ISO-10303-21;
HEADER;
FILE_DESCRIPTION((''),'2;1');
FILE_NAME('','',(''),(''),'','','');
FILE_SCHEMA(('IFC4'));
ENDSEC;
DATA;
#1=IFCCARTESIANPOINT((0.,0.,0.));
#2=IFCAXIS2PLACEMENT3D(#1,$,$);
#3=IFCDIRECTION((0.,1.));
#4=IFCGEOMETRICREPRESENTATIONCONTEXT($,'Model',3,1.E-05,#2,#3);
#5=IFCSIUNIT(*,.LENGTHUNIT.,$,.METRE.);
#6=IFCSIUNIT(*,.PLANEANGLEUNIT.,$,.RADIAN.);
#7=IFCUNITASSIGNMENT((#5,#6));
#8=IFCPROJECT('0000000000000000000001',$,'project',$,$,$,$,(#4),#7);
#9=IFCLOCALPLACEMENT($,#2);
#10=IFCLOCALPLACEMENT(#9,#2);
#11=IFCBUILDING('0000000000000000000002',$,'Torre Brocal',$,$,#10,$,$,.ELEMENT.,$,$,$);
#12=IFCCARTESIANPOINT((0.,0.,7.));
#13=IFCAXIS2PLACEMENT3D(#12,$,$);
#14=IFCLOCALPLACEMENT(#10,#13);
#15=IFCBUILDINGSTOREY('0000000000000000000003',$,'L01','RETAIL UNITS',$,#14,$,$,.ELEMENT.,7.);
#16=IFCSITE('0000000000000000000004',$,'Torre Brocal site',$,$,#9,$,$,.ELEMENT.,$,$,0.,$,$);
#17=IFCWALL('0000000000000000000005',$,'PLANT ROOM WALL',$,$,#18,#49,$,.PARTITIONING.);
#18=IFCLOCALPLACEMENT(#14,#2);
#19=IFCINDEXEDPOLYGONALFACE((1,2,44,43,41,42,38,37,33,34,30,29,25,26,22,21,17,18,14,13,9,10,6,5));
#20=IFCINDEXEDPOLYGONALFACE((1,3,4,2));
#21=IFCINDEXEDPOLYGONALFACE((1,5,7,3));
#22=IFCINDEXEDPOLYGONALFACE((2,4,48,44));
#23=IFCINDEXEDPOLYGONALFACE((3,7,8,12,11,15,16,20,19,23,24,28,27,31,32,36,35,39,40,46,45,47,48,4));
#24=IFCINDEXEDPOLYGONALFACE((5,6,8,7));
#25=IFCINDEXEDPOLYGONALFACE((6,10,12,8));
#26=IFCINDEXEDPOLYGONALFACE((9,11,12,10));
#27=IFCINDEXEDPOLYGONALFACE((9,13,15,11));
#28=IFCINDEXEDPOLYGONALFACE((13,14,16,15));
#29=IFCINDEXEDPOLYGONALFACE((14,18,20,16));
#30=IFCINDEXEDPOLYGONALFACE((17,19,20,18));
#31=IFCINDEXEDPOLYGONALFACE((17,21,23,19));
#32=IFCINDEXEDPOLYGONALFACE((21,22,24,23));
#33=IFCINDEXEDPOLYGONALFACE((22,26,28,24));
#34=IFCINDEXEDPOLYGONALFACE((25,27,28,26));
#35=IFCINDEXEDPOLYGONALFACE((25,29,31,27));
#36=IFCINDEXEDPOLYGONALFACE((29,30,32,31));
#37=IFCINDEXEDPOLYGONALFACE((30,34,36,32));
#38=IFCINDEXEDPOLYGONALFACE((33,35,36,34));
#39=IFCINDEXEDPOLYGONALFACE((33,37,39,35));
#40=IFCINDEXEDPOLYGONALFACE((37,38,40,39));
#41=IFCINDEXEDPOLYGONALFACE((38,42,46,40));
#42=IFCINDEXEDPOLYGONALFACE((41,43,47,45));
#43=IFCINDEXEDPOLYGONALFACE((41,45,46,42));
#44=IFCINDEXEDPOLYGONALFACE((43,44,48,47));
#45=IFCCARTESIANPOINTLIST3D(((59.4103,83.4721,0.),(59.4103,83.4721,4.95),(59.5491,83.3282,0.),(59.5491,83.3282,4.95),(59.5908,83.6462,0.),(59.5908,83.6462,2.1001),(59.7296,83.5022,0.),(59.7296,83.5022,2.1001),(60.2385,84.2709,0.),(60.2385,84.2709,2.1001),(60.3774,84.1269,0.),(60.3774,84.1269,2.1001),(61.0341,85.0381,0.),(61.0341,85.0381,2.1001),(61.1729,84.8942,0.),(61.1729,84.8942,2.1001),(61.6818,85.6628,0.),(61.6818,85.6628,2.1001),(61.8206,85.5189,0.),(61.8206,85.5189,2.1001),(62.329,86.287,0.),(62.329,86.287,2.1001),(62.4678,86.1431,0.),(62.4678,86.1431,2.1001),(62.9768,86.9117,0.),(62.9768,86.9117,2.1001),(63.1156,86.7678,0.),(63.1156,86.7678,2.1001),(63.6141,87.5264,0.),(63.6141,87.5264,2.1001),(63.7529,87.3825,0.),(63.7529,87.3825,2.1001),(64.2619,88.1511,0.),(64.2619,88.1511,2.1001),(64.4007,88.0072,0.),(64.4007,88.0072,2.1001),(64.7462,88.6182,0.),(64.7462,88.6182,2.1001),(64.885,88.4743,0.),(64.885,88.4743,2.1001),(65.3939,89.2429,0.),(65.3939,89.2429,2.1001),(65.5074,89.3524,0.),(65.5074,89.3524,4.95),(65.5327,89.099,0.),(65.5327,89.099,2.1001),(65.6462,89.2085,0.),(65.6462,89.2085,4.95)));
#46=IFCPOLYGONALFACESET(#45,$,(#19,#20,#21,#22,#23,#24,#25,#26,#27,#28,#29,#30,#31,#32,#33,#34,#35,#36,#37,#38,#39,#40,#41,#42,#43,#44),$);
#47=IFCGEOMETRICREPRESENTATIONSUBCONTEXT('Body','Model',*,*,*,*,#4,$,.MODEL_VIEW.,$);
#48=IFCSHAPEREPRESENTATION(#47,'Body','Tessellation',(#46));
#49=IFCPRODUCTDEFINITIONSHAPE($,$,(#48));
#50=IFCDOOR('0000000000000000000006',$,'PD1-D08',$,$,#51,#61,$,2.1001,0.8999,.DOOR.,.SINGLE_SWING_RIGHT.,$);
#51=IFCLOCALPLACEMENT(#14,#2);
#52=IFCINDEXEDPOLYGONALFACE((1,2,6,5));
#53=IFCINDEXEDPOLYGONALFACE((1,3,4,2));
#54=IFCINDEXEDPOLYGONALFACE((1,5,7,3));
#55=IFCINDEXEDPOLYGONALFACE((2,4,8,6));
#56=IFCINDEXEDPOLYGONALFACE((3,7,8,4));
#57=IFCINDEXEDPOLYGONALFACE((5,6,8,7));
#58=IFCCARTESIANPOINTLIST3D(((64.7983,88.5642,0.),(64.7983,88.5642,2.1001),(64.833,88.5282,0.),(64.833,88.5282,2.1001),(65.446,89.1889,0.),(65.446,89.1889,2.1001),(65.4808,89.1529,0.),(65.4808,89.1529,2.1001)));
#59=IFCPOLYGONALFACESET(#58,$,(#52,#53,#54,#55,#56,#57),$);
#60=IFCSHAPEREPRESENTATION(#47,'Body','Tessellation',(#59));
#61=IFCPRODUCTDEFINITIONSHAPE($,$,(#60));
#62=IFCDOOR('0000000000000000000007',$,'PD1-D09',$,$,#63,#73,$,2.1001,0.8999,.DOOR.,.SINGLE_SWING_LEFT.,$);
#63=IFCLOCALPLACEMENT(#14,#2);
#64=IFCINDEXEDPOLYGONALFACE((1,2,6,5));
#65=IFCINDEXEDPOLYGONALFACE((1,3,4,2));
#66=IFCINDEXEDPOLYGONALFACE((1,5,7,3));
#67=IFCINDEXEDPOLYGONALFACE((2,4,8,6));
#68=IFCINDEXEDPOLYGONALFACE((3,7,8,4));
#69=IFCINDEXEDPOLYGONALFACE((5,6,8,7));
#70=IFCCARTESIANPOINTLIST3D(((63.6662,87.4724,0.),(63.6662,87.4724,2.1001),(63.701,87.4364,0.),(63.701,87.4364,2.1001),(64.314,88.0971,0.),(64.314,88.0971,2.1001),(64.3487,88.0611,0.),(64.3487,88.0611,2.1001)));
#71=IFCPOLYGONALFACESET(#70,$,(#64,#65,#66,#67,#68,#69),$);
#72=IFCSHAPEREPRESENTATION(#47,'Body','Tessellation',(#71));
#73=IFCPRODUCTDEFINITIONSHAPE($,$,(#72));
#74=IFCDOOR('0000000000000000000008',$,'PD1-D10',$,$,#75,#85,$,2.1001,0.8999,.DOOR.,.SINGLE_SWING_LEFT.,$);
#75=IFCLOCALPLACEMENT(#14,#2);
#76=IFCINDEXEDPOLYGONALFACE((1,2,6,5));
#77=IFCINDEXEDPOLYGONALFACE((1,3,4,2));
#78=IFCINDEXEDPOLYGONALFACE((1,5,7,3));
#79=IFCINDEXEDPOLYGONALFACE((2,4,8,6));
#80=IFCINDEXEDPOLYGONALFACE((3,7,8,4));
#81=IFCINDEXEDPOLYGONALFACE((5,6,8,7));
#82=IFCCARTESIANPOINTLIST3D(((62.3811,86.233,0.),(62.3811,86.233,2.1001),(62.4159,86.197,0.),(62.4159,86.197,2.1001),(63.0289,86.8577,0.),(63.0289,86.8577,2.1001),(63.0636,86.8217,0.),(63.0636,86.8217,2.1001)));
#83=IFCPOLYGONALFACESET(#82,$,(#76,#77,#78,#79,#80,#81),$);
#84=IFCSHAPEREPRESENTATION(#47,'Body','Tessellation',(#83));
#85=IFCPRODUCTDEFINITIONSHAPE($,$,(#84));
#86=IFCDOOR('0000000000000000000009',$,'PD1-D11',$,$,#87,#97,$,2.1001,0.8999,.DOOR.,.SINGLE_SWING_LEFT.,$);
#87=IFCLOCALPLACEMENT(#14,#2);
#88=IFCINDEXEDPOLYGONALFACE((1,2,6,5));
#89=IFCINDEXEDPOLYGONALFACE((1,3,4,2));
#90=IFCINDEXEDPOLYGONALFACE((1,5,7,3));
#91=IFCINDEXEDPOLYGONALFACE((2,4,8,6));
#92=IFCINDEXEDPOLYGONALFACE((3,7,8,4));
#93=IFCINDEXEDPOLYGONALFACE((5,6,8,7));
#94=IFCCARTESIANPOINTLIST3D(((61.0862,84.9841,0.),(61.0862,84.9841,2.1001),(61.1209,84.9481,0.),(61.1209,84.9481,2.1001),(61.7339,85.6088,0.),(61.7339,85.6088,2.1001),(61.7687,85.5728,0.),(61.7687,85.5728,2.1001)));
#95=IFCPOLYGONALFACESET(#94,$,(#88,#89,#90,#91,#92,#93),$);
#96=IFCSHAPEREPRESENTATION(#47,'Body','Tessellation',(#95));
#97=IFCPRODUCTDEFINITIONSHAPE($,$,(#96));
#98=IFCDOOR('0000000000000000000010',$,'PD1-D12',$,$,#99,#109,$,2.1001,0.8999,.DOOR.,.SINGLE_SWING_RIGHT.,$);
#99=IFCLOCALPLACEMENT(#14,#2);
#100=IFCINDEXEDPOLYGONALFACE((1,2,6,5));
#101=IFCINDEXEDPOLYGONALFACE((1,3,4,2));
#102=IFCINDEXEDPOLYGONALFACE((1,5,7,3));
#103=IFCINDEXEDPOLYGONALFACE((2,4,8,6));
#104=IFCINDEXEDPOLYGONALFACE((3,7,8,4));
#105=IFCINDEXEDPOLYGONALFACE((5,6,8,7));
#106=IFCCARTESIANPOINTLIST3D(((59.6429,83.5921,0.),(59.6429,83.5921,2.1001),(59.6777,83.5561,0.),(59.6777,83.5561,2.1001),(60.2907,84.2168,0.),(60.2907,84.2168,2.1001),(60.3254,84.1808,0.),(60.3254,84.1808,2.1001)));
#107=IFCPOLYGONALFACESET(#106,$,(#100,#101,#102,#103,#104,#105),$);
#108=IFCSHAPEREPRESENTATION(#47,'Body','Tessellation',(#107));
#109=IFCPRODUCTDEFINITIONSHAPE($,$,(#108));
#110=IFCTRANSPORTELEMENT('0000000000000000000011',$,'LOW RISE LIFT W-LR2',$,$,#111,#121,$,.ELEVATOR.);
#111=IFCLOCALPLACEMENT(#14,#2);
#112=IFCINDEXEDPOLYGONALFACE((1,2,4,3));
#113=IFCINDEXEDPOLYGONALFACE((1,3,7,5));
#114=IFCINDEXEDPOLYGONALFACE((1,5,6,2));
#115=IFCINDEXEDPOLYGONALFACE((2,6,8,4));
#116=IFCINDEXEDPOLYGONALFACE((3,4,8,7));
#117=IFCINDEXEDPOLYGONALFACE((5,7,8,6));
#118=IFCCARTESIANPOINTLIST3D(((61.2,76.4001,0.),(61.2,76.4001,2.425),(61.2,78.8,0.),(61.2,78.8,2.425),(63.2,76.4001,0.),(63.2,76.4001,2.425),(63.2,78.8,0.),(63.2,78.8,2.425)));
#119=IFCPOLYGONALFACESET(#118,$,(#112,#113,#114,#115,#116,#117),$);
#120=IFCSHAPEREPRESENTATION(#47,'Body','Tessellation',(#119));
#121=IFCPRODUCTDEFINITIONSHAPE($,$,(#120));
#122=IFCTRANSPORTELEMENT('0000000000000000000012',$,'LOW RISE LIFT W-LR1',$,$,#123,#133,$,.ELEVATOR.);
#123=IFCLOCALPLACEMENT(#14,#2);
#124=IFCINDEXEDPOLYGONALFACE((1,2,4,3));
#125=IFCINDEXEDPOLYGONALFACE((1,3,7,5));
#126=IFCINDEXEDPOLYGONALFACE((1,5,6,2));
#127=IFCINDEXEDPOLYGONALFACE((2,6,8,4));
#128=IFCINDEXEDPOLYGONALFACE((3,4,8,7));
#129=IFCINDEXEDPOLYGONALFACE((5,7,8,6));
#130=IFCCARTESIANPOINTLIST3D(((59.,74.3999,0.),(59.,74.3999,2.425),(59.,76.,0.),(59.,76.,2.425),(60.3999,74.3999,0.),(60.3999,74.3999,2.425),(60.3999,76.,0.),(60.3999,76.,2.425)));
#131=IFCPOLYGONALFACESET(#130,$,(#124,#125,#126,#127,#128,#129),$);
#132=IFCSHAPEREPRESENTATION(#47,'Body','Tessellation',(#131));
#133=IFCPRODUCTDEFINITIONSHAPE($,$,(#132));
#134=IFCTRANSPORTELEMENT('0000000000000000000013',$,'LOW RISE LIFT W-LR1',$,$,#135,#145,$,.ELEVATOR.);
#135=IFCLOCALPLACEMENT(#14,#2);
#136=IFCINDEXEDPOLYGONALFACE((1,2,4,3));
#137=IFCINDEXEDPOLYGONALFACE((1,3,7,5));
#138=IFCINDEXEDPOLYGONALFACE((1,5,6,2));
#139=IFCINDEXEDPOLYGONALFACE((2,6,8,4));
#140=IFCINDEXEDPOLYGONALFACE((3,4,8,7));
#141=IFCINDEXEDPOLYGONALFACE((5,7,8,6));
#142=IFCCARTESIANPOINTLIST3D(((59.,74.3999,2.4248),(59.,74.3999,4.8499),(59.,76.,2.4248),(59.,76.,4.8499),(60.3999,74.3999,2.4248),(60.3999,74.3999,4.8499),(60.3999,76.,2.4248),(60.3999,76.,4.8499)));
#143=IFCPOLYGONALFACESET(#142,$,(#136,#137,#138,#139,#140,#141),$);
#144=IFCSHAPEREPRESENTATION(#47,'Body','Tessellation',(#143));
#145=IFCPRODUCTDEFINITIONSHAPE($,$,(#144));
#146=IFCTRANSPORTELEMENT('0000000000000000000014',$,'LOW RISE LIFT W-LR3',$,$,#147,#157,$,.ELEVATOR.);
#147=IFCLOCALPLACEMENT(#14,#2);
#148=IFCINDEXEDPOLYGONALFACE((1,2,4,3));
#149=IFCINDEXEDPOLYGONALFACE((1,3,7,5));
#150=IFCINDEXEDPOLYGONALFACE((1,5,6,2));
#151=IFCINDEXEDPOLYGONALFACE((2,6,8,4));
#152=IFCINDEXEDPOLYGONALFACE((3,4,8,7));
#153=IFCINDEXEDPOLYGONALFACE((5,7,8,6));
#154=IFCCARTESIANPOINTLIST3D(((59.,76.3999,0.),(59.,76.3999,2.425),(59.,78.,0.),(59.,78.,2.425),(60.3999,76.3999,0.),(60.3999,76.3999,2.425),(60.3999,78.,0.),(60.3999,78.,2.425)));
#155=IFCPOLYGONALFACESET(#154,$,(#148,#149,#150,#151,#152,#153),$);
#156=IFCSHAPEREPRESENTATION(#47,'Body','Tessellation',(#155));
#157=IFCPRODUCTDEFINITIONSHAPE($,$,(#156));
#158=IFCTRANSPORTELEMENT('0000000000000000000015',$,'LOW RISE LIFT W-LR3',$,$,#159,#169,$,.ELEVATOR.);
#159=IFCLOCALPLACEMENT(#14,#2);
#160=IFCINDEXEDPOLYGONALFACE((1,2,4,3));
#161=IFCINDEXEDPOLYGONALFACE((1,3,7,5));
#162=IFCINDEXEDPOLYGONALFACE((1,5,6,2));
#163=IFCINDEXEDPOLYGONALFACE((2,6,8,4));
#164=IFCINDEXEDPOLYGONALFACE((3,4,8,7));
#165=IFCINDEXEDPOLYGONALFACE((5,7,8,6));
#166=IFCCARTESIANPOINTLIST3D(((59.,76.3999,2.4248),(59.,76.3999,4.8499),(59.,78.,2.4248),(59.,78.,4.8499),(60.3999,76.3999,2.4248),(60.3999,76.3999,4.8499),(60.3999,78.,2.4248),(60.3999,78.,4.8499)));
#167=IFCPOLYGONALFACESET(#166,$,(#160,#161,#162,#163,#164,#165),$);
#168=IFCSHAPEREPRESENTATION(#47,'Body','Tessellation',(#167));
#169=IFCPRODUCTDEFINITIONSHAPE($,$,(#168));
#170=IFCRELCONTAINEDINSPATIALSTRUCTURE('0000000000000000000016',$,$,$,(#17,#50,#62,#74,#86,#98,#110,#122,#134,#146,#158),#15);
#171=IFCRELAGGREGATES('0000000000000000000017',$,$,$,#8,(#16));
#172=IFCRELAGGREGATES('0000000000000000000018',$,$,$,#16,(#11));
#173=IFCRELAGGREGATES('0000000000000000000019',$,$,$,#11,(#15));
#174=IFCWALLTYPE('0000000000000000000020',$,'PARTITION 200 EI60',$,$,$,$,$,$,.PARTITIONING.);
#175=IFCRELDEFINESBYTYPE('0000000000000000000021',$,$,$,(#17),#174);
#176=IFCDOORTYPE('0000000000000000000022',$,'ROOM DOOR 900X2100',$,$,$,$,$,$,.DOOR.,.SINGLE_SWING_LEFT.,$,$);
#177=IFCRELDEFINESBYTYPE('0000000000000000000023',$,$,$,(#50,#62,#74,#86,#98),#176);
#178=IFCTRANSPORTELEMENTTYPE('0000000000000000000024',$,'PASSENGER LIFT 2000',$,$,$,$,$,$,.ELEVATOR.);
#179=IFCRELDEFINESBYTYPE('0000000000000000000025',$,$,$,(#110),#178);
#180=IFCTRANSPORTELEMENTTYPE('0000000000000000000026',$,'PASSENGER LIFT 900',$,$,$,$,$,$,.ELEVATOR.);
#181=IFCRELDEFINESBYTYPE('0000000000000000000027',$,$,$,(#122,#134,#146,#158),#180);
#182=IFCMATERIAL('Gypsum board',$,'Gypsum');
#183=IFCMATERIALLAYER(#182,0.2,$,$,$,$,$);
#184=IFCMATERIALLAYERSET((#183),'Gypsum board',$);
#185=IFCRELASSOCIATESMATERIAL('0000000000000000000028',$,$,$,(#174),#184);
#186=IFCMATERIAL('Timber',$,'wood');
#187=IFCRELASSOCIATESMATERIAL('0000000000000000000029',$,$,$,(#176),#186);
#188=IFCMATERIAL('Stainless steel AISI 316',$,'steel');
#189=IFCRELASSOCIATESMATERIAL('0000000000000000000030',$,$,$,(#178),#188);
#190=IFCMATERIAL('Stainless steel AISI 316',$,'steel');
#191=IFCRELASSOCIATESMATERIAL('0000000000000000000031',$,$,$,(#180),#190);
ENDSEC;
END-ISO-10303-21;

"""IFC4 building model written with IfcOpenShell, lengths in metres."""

from ifc_helpers import new_model, si_unit, direction, frame, frame_2d, origin, origin_2d, place, context, subcontext, project, spatial, rectangle, extrude, material, layer, layer_set, type_object, element, fill, save


model = new_model("IFC4")

# Units and contexts
model_context = context("Model", 3, precision=1e-05, world=origin(), true_north=direction((0.0, 1.0)))
body_context = subcontext(model_context, "Body", "Model", "MODEL_VIEW")
ifc_project = project(units=[si_unit("LENGTHUNIT", "METRE"), si_unit("PLANEANGLEUNIT", "RADIAN")], contexts=[model_context])

# Site, building, storey
site_placement = place(None, origin())
site = spatial("IfcSite", under=ifc_project, at=site_placement, Name="Torre Brocal site", CompositionType="ELEMENT", RefElevation=0.0)
building_placement = place(site_placement, origin())
building = spatial("IfcBuilding", under=site, at=building_placement, Name="Torre Brocal", CompositionType="ELEMENT")
storey_placement = place(building_placement, frame((0.0, 0.0, 7.0)))
storey = spatial("IfcBuildingStorey", under=building, at=storey_placement, Name="L01", Description="RETAIL UNITS", CompositionType="ELEMENT", Elevation=7.0)

# Wall, openings, doors
ifc_material_1 = material(Name="Gypsum board", Category="Gypsum")
ifc_layer_1 = layer(ifc_material_1, 0.2)
ifc_layer_set_1 = layer_set([ifc_layer_1], Name="Gypsum board")
wall_type_1 = type_object("IfcWallType", Name="PARTITION 200 EI60", PredefinedType="PARTITIONING", material=ifc_layer_set_1)
wall_1_placement = place(storey_placement, frame((59.4797, 83.4001, 0.0), z_axis=(0.0, 0.0, 1.0), x_axis=(0.719788, 0.694194, 0.0)))
wall_1 = element("IfcWall", 1, at=wall_1_placement, inside=storey, type_object=wall_type_1, Name="PLANT ROOM WALL", PredefinedType="PARTITIONING", context=body_context, shape_type="SweptSolid", body=[
    extrude(rectangle(XDim=8.4707, YDim=0.2, at=frame_2d((4.2354, 0.0))), origin(), (0.0, 0.0, 1.0), 4.95),
])
opening_1_placement = place(wall_1_placement, frame((7.4131, 0.0, 0.0)))
opening_1 = element("IfcOpeningElement", 2, at=opening_1_placement, cuts=wall_1, PredefinedType="OPENING", context=body_context, shape_type="SweptSolid", body=[
    extrude(rectangle(XDim=0.8999, YDim=2.1001, at=frame_2d((0.45, 1.05))), frame((0.0, 0.1099, 0.0), z_axis=(0.0, -1.0, 0.0), x_axis=(1.0, 0.0, 0.0)), (0.0, 0.0, 1.0), 0.22),
])
opening_2_placement = place(wall_1_placement, frame((5.8403, 0.0, 0.0)))
opening_2 = element("IfcOpeningElement", 3, at=opening_2_placement, cuts=wall_1, PredefinedType="OPENING", context=body_context, shape_type="SweptSolid", body=[
    extrude(rectangle(XDim=0.8999, YDim=2.1001, at=frame_2d((0.45, 1.05))), frame((0.0, 0.1099, 0.0), z_axis=(0.0, -1.0, 0.0), x_axis=(1.0, 0.0, 0.0)), (0.0, 0.0, 1.0), 0.22),
])
opening_3_placement = place(wall_1_placement, frame((4.0549, 0.0, 0.0)))
opening_3 = element("IfcOpeningElement", 4, at=opening_3_placement, cuts=wall_1, PredefinedType="OPENING", context=body_context, shape_type="SweptSolid", body=[
    extrude(rectangle(XDim=0.8999, YDim=2.1001, at=frame_2d((0.45, 1.05))), frame((0.0, 0.1099, 0.0), z_axis=(0.0, -1.0, 0.0), x_axis=(1.0, 0.0, 0.0)), (0.0, 0.0, 1.0), 0.22),
])
opening_4_placement = place(wall_1_placement, frame((2.2559, 0.0, 0.0)))
opening_4 = element("IfcOpeningElement", 5, at=opening_4_placement, cuts=wall_1, PredefinedType="OPENING", context=body_context, shape_type="SweptSolid", body=[
    extrude(rectangle(XDim=0.8999, YDim=2.1001, at=frame_2d((0.45, 1.05))), frame((0.0, 0.1099, 0.0), z_axis=(0.0, -1.0, 0.0), x_axis=(1.0, 0.0, 0.0)), (0.0, 0.0, 1.0), 0.22),
])
opening_5_placement = place(wall_1_placement, frame((0.2507, 0.0, 0.0)))
opening_5 = element("IfcOpeningElement", 6, at=opening_5_placement, cuts=wall_1, PredefinedType="OPENING", context=body_context, shape_type="SweptSolid", body=[
    extrude(rectangle(XDim=0.8999, YDim=2.1001, at=frame_2d((0.45, 1.05))), frame((0.0, 0.1099, 0.0), z_axis=(0.0, -1.0, 0.0), x_axis=(1.0, 0.0, 0.0)), (0.0, 0.0, 1.0), 0.22),
])
ifc_material_2 = material(Name="Timber", Category="wood")
door_type_1 = type_object("IfcDoorType", Name="ROOM DOOR 900X2100", OperationType="SINGLE_SWING_LEFT", PredefinedType="DOOR", material=ifc_material_2)
door_1_placement = place(opening_1_placement, origin())
door_1 = element("IfcDoor", 7, at=door_1_placement, inside=storey, type_object=door_type_1, Name="PD1-D08", OperationType="SINGLE_SWING_RIGHT", OverallHeight=2.1001, OverallWidth=0.8999, PredefinedType="DOOR", context=body_context, shape_type="SweptSolid", body=[
    extrude(rectangle(XDim=0.8999, YDim=2.1001, at=frame_2d((0.45, 1.05))), frame((0.0, 0.0249, 0.0), z_axis=(0.0, -1.0, 0.0), x_axis=(1.0, 0.0, 0.0)), (0.0, 0.0, 1.0), 0.05),
])
fill(opening_1, door_1)
door_2_placement = place(opening_2_placement, origin())
door_2 = element("IfcDoor", 8, at=door_2_placement, inside=storey, type_object=door_type_1, Name="PD1-D09", OperationType="SINGLE_SWING_LEFT", OverallHeight=2.1001, OverallWidth=0.8999, PredefinedType="DOOR", context=body_context, shape_type="SweptSolid", body=[
    extrude(rectangle(XDim=0.8999, YDim=2.1001, at=frame_2d((0.45, 1.05))), frame((0.0, 0.0249, 0.0), z_axis=(0.0, -1.0, 0.0), x_axis=(1.0, 0.0, 0.0)), (0.0, 0.0, 1.0), 0.05),
])
fill(opening_2, door_2)
door_3_placement = place(opening_3_placement, origin())
door_3 = element("IfcDoor", 9, at=door_3_placement, inside=storey, type_object=door_type_1, Name="PD1-D10", OperationType="SINGLE_SWING_LEFT", OverallHeight=2.1001, OverallWidth=0.8999, PredefinedType="DOOR", context=body_context, shape_type="SweptSolid", body=[
    extrude(rectangle(XDim=0.8999, YDim=2.1001, at=frame_2d((0.45, 1.05))), frame((0.0, 0.0249, 0.0), z_axis=(0.0, -1.0, 0.0), x_axis=(1.0, 0.0, 0.0)), (0.0, 0.0, 1.0), 0.05),
])
fill(opening_3, door_3)
door_4_placement = place(opening_4_placement, origin())
door_4 = element("IfcDoor", 10, at=door_4_placement, inside=storey, type_object=door_type_1, Name="PD1-D11", OperationType="SINGLE_SWING_LEFT", OverallHeight=2.1001, OverallWidth=0.8999, PredefinedType="DOOR", context=body_context, shape_type="SweptSolid", body=[
    extrude(rectangle(XDim=0.8999, YDim=2.1001, at=frame_2d((0.45, 1.05))), frame((0.0, 0.0249, 0.0), z_axis=(0.0, -1.0, 0.0), x_axis=(1.0, 0.0, 0.0)), (0.0, 0.0, 1.0), 0.05),
])
fill(opening_4, door_4)
door_5_placement = place(opening_5_placement, origin())
door_5 = element("IfcDoor", 11, at=door_5_placement, inside=storey, type_object=door_type_1, Name="PD1-D12", OperationType="SINGLE_SWING_RIGHT", OverallHeight=2.1001, OverallWidth=0.8999, PredefinedType="DOOR", context=body_context, shape_type="SweptSolid", body=[
    extrude(rectangle(XDim=0.8999, YDim=2.1001, at=frame_2d((0.45, 1.05))), frame((0.0, 0.0249, 0.0), z_axis=(0.0, -1.0, 0.0), x_axis=(1.0, 0.0, 0.0)), (0.0, 0.0, 1.0), 0.05),
])
fill(opening_5, door_5)

# Transport elements
ifc_material_3 = material(Name="Stainless steel AISI 316", Category="steel")
transport_element_type_1 = type_object("IfcTransportElementType", Name="PASSENGER LIFT 2000", PredefinedType="ELEVATOR", material=ifc_material_3)
transport_element_placement = place(storey_placement, frame((62.2, 77.6001, 0.0), z_axis=(0.0, 0.0, 1.0), x_axis=(1.0, 0.0, 0.0)))
element("IfcTransportElement", 12, at=transport_element_placement, inside=storey, type_object=transport_element_type_1, Name="LOW RISE LIFT W-LR2", PredefinedType="ELEVATOR", context=body_context, shape_type="SweptSolid", body=[
    extrude(rectangle(XDim=2.0, YDim=2.3999, at=origin_2d()), origin(), (0.0, 0.0, 1.0), 2.425),
])
ifc_material_4 = material(Name="Stainless steel AISI 316", Category="steel")
transport_element_type_2 = type_object("IfcTransportElementType", Name="PASSENGER LIFT 900", PredefinedType="ELEVATOR", material=ifc_material_4)
for number, where, z_axis, x_axis, name in (
    (13, (59.7, 75.2, 0.0), (0.0, 0.0, 1.0), (1.0, 0.0, 0.0), "LOW RISE LIFT W-LR1"),
    (14, (59.7, 75.2, 2.4248), (0.0, 0.0, 1.0), (1.0, 0.0, 0.0), "LOW RISE LIFT W-LR1"),
    (15, (59.7, 77.2, 0.0), (0.0, 0.0, 1.0), (1.0, 0.0, 0.0), "LOW RISE LIFT W-LR3"),
    (16, (59.7, 77.2, 2.4248), (0.0, 0.0, 1.0), (1.0, 0.0, 0.0), "LOW RISE LIFT W-LR3"),
):
    element("IfcTransportElement", number, at=place(storey_placement, frame(where, z_axis=z_axis, x_axis=x_axis)), inside=storey, type_object=transport_element_type_2, Name=name, PredefinedType="ELEVATOR", context=body_context, shape_type="SweptSolid", body=[
        extrude(rectangle(XDim=1.3999, YDim=1.6001, at=origin_2d()), origin(), (0.0, 0.0, 1.0), 2.425),
    ])

save(model, "model.ifc")
